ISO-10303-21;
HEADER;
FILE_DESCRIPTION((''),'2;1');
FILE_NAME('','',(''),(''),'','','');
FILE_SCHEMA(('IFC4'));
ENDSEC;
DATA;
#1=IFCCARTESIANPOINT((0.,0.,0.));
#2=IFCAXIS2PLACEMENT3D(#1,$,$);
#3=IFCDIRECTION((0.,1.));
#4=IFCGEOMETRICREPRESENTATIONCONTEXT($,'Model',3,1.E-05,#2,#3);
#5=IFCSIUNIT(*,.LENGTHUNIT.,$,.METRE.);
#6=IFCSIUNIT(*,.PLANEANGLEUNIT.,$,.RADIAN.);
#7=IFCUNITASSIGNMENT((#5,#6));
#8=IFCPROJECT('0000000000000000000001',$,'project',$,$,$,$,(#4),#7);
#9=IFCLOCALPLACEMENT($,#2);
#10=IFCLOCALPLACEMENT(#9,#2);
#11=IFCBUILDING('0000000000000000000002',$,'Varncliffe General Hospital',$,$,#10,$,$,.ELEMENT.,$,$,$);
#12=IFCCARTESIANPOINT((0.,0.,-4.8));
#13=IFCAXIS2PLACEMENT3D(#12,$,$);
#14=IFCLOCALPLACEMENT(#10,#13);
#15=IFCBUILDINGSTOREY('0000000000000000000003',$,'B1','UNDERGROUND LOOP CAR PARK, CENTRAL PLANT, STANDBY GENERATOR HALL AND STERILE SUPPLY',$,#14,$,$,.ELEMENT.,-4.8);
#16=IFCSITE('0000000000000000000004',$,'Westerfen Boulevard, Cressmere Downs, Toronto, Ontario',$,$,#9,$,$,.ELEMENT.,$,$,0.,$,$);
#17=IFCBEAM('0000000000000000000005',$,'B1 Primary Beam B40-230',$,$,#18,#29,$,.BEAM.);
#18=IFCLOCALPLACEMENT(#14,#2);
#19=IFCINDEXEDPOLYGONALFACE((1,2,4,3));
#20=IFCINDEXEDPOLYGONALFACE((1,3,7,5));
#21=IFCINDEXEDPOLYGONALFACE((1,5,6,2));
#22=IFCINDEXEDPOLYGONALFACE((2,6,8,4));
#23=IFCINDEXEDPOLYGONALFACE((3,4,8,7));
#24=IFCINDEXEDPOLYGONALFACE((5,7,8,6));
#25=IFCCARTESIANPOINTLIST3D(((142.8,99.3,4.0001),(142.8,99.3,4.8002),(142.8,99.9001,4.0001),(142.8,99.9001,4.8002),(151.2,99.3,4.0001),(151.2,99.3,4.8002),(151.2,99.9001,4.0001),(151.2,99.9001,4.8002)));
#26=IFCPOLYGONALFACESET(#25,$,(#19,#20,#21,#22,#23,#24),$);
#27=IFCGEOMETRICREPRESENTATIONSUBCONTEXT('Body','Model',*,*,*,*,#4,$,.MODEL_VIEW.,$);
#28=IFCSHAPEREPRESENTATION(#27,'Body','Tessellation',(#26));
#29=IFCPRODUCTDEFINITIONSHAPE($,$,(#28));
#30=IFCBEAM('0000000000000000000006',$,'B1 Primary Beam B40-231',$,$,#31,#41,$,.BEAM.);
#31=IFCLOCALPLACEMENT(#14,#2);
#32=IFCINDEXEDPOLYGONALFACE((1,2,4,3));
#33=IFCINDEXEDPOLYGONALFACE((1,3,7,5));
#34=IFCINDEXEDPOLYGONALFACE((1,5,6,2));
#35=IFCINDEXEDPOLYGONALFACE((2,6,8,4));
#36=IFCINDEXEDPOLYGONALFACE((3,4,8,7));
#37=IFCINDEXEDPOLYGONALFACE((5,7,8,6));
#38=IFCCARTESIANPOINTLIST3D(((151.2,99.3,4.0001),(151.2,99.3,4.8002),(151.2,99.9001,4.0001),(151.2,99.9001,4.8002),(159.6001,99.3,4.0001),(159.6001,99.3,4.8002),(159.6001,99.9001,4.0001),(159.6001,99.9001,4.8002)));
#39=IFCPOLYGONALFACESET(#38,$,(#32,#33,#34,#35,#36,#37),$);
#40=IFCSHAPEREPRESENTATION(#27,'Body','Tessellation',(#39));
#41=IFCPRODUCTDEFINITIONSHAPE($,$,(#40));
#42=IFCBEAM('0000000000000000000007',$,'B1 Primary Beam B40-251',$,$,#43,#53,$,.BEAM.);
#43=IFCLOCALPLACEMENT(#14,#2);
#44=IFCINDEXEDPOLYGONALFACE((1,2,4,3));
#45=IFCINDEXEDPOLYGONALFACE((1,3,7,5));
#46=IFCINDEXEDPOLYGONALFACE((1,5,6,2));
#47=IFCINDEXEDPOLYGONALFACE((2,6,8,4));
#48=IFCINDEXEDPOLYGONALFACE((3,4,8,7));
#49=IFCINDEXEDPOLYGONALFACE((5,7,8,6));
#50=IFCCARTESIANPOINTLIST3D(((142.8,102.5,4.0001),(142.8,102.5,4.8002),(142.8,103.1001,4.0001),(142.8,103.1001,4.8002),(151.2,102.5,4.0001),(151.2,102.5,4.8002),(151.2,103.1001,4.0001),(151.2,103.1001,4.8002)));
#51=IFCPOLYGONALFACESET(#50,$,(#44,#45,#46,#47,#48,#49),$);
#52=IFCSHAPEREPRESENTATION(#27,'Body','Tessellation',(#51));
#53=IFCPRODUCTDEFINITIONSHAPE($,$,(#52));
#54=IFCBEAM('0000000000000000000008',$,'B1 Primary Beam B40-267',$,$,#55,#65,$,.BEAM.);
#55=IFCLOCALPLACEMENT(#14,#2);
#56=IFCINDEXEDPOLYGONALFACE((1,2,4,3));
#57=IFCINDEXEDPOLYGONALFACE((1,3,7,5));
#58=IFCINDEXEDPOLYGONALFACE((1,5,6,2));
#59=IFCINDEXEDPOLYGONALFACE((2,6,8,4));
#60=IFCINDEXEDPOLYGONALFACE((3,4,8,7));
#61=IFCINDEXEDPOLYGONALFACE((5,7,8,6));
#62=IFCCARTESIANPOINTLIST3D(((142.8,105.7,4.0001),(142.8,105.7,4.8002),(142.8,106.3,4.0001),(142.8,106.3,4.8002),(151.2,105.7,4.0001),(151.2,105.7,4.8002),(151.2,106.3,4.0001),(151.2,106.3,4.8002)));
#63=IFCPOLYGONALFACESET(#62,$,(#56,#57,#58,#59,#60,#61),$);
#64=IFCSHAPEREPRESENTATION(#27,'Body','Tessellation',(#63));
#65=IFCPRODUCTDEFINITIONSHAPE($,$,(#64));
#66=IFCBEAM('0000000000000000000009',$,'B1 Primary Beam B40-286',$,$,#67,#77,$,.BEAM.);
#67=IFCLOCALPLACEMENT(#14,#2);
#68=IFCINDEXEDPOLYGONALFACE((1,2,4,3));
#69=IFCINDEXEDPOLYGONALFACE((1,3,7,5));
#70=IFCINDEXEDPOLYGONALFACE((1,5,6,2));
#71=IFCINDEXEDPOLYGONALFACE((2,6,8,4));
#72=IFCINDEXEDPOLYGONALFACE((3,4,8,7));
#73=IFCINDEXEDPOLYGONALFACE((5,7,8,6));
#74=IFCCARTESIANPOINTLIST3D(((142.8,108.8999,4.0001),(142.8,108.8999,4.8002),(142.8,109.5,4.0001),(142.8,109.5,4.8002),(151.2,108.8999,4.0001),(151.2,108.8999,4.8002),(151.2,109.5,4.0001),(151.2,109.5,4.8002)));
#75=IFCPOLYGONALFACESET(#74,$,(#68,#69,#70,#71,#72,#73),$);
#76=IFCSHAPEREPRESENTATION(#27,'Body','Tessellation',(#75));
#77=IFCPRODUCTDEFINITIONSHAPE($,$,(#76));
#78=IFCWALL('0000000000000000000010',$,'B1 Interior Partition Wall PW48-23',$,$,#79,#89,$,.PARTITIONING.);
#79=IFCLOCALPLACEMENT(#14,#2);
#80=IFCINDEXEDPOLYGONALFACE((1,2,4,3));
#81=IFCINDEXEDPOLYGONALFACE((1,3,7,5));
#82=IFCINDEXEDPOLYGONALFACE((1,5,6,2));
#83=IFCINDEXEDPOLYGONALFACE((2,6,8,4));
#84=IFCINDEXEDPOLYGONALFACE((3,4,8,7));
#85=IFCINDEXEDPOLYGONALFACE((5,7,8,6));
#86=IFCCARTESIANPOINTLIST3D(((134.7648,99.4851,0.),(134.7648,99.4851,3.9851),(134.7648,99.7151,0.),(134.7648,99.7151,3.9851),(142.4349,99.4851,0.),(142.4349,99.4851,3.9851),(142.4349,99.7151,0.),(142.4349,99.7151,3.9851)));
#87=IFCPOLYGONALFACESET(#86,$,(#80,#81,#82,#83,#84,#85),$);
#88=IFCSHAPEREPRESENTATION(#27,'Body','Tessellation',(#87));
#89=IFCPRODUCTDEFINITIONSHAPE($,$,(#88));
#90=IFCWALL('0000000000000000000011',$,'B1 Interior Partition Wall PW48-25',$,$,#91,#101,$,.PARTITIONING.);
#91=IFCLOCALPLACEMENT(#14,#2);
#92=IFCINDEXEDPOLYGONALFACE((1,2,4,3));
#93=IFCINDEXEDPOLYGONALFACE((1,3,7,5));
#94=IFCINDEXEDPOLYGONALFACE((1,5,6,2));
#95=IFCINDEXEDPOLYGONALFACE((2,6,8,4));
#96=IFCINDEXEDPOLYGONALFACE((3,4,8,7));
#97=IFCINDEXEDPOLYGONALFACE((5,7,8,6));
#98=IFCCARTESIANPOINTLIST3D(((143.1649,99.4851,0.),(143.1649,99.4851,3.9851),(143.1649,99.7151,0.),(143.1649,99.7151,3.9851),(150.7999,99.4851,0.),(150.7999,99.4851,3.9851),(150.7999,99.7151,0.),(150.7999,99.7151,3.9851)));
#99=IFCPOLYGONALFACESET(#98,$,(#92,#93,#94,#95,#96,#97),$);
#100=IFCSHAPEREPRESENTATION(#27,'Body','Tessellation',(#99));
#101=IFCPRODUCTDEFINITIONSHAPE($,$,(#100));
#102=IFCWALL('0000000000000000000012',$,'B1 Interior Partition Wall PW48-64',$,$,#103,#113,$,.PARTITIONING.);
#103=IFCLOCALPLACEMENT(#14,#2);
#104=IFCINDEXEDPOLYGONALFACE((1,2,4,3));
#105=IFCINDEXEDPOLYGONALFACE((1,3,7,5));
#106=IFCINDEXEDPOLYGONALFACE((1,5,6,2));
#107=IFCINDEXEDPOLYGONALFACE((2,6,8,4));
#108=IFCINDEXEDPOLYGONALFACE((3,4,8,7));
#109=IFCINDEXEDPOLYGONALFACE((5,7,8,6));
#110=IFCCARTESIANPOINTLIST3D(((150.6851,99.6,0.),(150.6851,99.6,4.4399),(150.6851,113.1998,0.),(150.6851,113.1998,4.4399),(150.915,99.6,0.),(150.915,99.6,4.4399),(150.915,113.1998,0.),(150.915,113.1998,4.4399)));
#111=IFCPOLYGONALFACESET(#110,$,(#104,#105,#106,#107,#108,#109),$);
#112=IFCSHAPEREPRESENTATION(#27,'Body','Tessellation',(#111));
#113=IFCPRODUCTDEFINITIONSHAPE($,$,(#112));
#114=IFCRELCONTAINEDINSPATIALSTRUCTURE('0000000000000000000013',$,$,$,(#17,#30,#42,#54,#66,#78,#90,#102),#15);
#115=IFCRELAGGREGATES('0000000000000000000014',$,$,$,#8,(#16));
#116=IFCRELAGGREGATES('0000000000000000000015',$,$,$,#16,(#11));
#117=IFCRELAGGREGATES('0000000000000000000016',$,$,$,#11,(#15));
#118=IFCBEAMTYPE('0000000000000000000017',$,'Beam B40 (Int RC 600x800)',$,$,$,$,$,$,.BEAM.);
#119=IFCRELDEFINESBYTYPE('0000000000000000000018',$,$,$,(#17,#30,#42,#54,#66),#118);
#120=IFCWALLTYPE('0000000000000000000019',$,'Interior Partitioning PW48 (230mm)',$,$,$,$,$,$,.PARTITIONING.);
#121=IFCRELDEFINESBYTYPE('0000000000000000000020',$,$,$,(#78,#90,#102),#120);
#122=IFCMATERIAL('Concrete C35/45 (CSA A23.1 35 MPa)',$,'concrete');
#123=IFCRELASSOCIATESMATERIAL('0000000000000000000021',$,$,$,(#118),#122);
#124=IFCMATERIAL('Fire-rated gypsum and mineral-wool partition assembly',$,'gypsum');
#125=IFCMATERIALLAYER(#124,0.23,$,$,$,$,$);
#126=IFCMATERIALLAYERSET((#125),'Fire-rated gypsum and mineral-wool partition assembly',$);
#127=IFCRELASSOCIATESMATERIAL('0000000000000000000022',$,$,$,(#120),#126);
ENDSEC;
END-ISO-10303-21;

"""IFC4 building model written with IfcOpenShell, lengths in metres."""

from ifc_helpers import new_model, si_unit, direction, frame, frame_2d, origin, origin_2d, place, context, subcontext, project, spatial, rectangle, extrude, material, layer, layer_set, material_profile, profile_set, type_object, element, save


model = new_model("IFC4")

# Units and contexts
model_context = context("Model", 3, precision=1e-05, world=origin(), true_north=direction((0.0, 1.0)))
body_context = subcontext(model_context, "Body", "Model", "MODEL_VIEW")
ifc_project = project(units=[si_unit("LENGTHUNIT", "METRE"), si_unit("PLANEANGLEUNIT", "RADIAN")], contexts=[model_context])

# Site, building, storey
site_placement = place(None, origin())
site = spatial("IfcSite", under=ifc_project, at=site_placement, Name="Westerfen Boulevard, Cressmere Downs, Toronto, Ontario", CompositionType="ELEMENT", RefElevation=0.0)
building_placement = place(site_placement, origin())
building = spatial("IfcBuilding", under=site, at=building_placement, Name="Varncliffe General Hospital", CompositionType="ELEMENT")
storey_placement = place(building_placement, frame((0.0, 0.0, -4.8)))
storey = spatial("IfcBuildingStorey", under=building, at=storey_placement, Name="B1", Description="UNDERGROUND LOOP CAR PARK, CENTRAL PLANT, STANDBY GENERATOR HALL AND STERILE SUPPLY", CompositionType="ELEMENT", Elevation=-4.8)

# Beams
ifc_material_1 = material(Name="Concrete C35/45 (CSA A23.1 35 MPa)", Category="concrete")
ifc_material_profile_1 = material_profile(ifc_material_1, rectangle(XDim=0.6001, YDim=0.8, at=origin_2d()), Name="RC 600x800")
ifc_profile_set_1 = profile_set([ifc_material_profile_1], Name="Concrete C35/45 (CSA A23.1 35 MPa)")
beam_type_1 = type_object("IfcBeamType", Name="Beam B40 (Int RC 600x800)", PredefinedType="BEAM", material=ifc_profile_set_1)
beam_1_placement = place(storey_placement, frame((142.8, 99.6001, 4.4001), z_axis=(1.0, 0.0, 0.0), x_axis=(0.0, 1.0, 0.0)))
element("IfcBeam", 1, at=beam_1_placement, inside=storey, type_object=beam_type_1, Name="B1 Primary Beam B40-230", PredefinedType="BEAM", context=body_context, shape_type="SweptSolid", body=[
    extrude(rectangle(XDim=0.6001, YDim=0.8, at=origin_2d()), origin(), (0.0, 0.0, 1.0), 8.3999),
])
beam_2_placement = place(storey_placement, frame((151.2, 99.6001, 4.4001), z_axis=(1.0, 0.0, 0.0), x_axis=(0.0, 1.0, 0.0)))
element("IfcBeam", 2, at=beam_2_placement, inside=storey, type_object=beam_type_1, Name="B1 Primary Beam B40-231", PredefinedType="BEAM", context=body_context, shape_type="SweptSolid", body=[
    extrude(rectangle(XDim=0.6001, YDim=0.8, at=origin_2d()), origin(), (0.0, 0.0, 1.0), 8.4001),
])
for number, where, z_axis, x_axis, name in (
    (3, (142.8, 102.8, 4.4001), (1.0, 0.0, 0.0), (0.0, 1.0, 0.0), "B1 Primary Beam B40-251"),
    (4, (142.8, 106.0, 4.4001), (1.0, 0.0, 0.0), (0.0, 1.0, 0.0), "B1 Primary Beam B40-267"),
    (5, (142.8, 109.2, 4.4001), (1.0, 0.0, 0.0), (0.0, 1.0, 0.0), "B1 Primary Beam B40-286"),
):
    element("IfcBeam", number, at=place(storey_placement, frame(where, z_axis=z_axis, x_axis=x_axis)), inside=storey, type_object=beam_type_1, Name=name, PredefinedType="BEAM", context=body_context, shape_type="SweptSolid", body=[
        extrude(rectangle(XDim=0.6001, YDim=0.8, at=origin_2d()), origin(), (0.0, 0.0, 1.0), 8.3999),
    ])

# Walls
ifc_material_2 = material(Name="Fire-rated gypsum and mineral-wool partition assembly", Category="gypsum")
ifc_layer = layer(ifc_material_2, 0.23)
ifc_layer_set = layer_set([ifc_layer], Name="Fire-rated gypsum and mineral-wool partition assembly")
wall_type = type_object("IfcWallType", Name="Interior Partitioning PW48 (230mm)", PredefinedType="PARTITIONING", material=ifc_layer_set)
wall_1_placement = place(storey_placement, frame((134.7649, 99.6001, 0.0), z_axis=(0.0, 0.0, 1.0), x_axis=(1.0, 0.0, 0.0)))
element("IfcWall", 6, at=wall_1_placement, inside=storey, type_object=wall_type, Name="B1 Interior Partition Wall PW48-23", PredefinedType="PARTITIONING", context=body_context, shape_type="SweptSolid", body=[
    extrude(rectangle(XDim=7.6702, YDim=0.23, at=frame_2d((3.835, 0.0))), origin(), (0.0, 0.0, 1.0), 3.9851),
])
wall_2_placement = place(storey_placement, frame((143.165, 99.6001, 0.0), z_axis=(0.0, 0.0, 1.0), x_axis=(1.0, 0.0, 0.0)))
element("IfcWall", 7, at=wall_2_placement, inside=storey, type_object=wall_type, Name="B1 Interior Partition Wall PW48-25", PredefinedType="PARTITIONING", context=body_context, shape_type="SweptSolid", body=[
    extrude(rectangle(XDim=7.635, YDim=0.23, at=frame_2d((3.8174, 0.0))), origin(), (0.0, 0.0, 1.0), 3.9851),
])
wall_3_placement = place(storey_placement, frame((150.8, 99.6001, 0.0), z_axis=(0.0, 0.0, 1.0), x_axis=(0.0, 1.0, 0.0)))
element("IfcWall", 8, at=wall_3_placement, inside=storey, type_object=wall_type, Name="B1 Interior Partition Wall PW48-64", PredefinedType="PARTITIONING", context=body_context, shape_type="SweptSolid", body=[
    extrude(rectangle(XDim=13.5999, YDim=0.23, at=frame_2d((6.7998, 0.0))), origin(), (0.0, 0.0, 1.0), 4.4399),
])

save(model, "model.ifc")
